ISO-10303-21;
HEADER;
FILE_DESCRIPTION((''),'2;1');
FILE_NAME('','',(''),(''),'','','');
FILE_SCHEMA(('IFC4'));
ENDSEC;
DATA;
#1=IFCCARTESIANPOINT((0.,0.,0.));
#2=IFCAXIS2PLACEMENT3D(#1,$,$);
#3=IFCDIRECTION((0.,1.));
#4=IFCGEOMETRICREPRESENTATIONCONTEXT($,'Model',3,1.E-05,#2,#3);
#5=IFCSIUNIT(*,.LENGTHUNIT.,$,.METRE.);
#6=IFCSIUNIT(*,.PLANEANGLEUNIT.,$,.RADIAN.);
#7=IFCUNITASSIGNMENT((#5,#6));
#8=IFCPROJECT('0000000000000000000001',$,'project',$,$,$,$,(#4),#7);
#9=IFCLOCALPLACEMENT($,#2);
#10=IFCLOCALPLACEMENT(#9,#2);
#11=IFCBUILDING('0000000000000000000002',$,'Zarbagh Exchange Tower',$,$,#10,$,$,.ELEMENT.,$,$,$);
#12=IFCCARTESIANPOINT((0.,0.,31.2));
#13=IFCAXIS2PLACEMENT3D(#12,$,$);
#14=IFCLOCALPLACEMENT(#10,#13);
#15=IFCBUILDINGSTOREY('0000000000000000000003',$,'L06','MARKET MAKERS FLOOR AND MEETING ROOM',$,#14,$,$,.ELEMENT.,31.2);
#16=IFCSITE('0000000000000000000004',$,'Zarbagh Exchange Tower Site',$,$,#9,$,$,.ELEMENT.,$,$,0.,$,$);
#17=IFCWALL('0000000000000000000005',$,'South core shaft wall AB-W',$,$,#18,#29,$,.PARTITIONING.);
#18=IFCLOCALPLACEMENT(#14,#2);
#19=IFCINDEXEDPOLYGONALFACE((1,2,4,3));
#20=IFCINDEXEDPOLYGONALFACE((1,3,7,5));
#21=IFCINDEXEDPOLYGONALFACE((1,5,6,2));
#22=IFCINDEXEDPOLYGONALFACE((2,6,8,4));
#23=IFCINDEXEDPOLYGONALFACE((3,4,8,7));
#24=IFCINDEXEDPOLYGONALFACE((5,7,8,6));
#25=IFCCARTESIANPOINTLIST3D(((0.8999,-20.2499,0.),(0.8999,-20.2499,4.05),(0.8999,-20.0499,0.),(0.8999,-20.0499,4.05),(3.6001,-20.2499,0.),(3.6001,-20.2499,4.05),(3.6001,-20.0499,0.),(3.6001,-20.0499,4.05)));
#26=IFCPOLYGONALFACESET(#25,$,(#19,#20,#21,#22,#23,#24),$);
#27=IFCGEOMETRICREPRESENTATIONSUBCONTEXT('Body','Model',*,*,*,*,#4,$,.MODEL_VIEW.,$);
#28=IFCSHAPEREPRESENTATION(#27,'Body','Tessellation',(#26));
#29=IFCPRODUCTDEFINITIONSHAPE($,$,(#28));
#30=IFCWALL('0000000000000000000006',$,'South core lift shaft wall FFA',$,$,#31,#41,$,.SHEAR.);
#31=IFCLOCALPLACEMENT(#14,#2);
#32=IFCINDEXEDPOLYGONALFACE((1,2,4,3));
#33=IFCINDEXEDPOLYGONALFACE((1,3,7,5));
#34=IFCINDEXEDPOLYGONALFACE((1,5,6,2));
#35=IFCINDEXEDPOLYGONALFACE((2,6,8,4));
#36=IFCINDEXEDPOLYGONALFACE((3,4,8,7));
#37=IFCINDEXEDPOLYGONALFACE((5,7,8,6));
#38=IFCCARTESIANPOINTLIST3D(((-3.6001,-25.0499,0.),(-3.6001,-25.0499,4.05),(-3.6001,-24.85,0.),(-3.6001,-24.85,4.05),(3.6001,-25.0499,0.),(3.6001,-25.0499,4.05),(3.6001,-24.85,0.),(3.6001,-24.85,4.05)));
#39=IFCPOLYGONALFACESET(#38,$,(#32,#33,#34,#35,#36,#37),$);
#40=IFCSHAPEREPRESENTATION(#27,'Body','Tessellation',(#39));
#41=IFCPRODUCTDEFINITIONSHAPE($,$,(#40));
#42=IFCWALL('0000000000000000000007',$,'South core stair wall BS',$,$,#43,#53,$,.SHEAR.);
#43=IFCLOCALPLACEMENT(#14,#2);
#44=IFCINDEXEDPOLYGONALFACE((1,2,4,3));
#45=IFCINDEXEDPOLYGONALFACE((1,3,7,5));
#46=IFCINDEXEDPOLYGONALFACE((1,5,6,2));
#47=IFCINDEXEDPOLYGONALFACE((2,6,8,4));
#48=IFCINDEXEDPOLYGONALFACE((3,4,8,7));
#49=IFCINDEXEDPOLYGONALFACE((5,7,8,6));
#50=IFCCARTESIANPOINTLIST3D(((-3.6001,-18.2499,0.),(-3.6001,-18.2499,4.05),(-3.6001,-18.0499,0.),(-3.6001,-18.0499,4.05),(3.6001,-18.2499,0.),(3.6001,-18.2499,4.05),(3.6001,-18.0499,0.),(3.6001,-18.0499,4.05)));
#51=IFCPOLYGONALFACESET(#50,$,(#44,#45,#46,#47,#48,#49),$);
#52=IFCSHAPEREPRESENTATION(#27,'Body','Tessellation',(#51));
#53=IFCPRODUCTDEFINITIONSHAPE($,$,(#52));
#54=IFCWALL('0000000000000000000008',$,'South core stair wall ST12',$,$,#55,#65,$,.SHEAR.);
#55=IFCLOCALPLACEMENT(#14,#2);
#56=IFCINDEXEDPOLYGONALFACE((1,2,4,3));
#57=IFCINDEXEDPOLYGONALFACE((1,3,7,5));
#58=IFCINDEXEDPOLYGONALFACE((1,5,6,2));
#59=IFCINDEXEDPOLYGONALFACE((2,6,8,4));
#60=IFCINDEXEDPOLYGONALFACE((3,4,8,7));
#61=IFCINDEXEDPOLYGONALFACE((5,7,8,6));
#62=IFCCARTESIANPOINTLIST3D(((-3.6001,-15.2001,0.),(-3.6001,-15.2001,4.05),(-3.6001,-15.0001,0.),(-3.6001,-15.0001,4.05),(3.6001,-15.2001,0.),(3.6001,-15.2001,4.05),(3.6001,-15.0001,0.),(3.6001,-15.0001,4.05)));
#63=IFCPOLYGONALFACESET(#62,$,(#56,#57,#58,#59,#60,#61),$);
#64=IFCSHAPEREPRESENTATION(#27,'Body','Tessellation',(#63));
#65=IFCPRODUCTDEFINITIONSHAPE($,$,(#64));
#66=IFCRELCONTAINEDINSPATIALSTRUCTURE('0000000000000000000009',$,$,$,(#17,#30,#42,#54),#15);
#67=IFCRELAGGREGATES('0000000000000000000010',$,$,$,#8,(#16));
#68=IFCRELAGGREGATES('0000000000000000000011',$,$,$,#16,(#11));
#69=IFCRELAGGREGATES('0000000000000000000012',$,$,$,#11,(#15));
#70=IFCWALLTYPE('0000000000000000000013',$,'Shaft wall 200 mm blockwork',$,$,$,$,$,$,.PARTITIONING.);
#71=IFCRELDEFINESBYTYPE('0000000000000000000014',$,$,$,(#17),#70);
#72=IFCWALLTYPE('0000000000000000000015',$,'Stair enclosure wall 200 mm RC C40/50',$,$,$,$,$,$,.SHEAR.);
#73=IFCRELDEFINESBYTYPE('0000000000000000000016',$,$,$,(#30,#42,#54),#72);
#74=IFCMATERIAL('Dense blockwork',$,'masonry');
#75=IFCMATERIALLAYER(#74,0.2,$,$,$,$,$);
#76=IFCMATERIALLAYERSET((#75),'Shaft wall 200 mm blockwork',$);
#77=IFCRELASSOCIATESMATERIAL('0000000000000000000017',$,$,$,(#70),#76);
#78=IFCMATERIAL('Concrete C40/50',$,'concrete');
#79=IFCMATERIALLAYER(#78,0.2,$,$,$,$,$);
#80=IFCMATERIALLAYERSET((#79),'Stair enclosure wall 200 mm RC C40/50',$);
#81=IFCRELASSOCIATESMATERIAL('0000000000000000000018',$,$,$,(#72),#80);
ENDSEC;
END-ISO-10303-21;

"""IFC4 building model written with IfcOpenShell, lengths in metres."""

from ifc_helpers import new_model, si_unit, direction, frame, frame_2d, origin, place, context, subcontext, project, spatial, rectangle, extrude, material, layer, layer_set, type_object, element, save


model = new_model("IFC4")

# Units and contexts
model_context = context("Model", 3, precision=1e-05, world=origin(), true_north=direction((0.0, 1.0)))
body_context = subcontext(model_context, "Body", "Model", "MODEL_VIEW")
ifc_project = project(units=[si_unit("LENGTHUNIT", "METRE"), si_unit("PLANEANGLEUNIT", "RADIAN")], contexts=[model_context])

# Site, building, storey
site_placement = place(None, origin())
site = spatial("IfcSite", under=ifc_project, at=site_placement, Name="Zarbagh Exchange Tower Site", CompositionType="ELEMENT", RefElevation=0.0)
building_placement = place(site_placement, origin())
building = spatial("IfcBuilding", under=site, at=building_placement, Name="Zarbagh Exchange Tower", CompositionType="ELEMENT")
storey_placement = place(building_placement, frame((0.0, 0.0, 31.2)))
storey = spatial("IfcBuildingStorey", under=building, at=storey_placement, Name="L06", Description="MARKET MAKERS FLOOR AND MEETING ROOM", CompositionType="ELEMENT", Elevation=31.2)

# Shared definitions
ifc_material_1 = material(Name="Dense blockwork", Category="masonry")

# Walls
ifc_layer_1 = layer(ifc_material_1, 0.2)
ifc_layer_set_1 = layer_set([ifc_layer_1], Name="Shaft wall 200 mm blockwork")
wall_type_1 = type_object("IfcWallType", Name="Shaft wall 200 mm blockwork", PredefinedType="PARTITIONING", material=ifc_layer_set_1)
wall_1_placement = place(storey_placement, frame((3.6001, -20.1499, 0.0), z_axis=(0.0, 0.0, 1.0), x_axis=(-1.0, 0.0, 0.0)))
element("IfcWall", 1, at=wall_1_placement, inside=storey, type_object=wall_type_1, Name="South core shaft wall AB-W", PredefinedType="PARTITIONING", context=body_context, shape_type="SweptSolid", body=[
    extrude(rectangle(XDim=2.7002, YDim=0.2, at=frame_2d((1.3501, 0.0))), origin(), (0.0, 0.0, 1.0), 4.05),
])
ifc_material_2 = material(Name="Concrete C40/50", Category="concrete")
ifc_layer_2 = layer(ifc_material_2, 0.2)
ifc_layer_set_2 = layer_set([ifc_layer_2], Name="Stair enclosure wall 200 mm RC C40/50")
wall_type_2 = type_object("IfcWallType", Name="Stair enclosure wall 200 mm RC C40/50", PredefinedType="SHEAR", material=ifc_layer_set_2)
for number, where, z_axis, x_axis, name in (
    (2, (3.6001, -24.95, 0.0), (0.0, 0.0, 1.0), (-1.0, 0.0, 0.0), "South core lift shaft wall FFA"),
    (3, (3.6001, -18.1499, 0.0), (0.0, 0.0, 1.0), (-1.0, 0.0, 0.0), "South core stair wall BS"),
    (4, (3.6001, -15.1001, 0.0), (0.0, 0.0, 1.0), (-1.0, 0.0, 0.0), "South core stair wall ST12"),
):
    element("IfcWall", number, at=place(storey_placement, frame(where, z_axis=z_axis, x_axis=x_axis)), inside=storey, type_object=wall_type_2, Name=name, PredefinedType="SHEAR", context=body_context, shape_type="SweptSolid", body=[
        extrude(rectangle(XDim=7.2002, YDim=0.2, at=frame_2d((3.6001, 0.0))), origin(), (0.0, 0.0, 1.0), 4.05),
    ])

save(model, "model.ifc")
